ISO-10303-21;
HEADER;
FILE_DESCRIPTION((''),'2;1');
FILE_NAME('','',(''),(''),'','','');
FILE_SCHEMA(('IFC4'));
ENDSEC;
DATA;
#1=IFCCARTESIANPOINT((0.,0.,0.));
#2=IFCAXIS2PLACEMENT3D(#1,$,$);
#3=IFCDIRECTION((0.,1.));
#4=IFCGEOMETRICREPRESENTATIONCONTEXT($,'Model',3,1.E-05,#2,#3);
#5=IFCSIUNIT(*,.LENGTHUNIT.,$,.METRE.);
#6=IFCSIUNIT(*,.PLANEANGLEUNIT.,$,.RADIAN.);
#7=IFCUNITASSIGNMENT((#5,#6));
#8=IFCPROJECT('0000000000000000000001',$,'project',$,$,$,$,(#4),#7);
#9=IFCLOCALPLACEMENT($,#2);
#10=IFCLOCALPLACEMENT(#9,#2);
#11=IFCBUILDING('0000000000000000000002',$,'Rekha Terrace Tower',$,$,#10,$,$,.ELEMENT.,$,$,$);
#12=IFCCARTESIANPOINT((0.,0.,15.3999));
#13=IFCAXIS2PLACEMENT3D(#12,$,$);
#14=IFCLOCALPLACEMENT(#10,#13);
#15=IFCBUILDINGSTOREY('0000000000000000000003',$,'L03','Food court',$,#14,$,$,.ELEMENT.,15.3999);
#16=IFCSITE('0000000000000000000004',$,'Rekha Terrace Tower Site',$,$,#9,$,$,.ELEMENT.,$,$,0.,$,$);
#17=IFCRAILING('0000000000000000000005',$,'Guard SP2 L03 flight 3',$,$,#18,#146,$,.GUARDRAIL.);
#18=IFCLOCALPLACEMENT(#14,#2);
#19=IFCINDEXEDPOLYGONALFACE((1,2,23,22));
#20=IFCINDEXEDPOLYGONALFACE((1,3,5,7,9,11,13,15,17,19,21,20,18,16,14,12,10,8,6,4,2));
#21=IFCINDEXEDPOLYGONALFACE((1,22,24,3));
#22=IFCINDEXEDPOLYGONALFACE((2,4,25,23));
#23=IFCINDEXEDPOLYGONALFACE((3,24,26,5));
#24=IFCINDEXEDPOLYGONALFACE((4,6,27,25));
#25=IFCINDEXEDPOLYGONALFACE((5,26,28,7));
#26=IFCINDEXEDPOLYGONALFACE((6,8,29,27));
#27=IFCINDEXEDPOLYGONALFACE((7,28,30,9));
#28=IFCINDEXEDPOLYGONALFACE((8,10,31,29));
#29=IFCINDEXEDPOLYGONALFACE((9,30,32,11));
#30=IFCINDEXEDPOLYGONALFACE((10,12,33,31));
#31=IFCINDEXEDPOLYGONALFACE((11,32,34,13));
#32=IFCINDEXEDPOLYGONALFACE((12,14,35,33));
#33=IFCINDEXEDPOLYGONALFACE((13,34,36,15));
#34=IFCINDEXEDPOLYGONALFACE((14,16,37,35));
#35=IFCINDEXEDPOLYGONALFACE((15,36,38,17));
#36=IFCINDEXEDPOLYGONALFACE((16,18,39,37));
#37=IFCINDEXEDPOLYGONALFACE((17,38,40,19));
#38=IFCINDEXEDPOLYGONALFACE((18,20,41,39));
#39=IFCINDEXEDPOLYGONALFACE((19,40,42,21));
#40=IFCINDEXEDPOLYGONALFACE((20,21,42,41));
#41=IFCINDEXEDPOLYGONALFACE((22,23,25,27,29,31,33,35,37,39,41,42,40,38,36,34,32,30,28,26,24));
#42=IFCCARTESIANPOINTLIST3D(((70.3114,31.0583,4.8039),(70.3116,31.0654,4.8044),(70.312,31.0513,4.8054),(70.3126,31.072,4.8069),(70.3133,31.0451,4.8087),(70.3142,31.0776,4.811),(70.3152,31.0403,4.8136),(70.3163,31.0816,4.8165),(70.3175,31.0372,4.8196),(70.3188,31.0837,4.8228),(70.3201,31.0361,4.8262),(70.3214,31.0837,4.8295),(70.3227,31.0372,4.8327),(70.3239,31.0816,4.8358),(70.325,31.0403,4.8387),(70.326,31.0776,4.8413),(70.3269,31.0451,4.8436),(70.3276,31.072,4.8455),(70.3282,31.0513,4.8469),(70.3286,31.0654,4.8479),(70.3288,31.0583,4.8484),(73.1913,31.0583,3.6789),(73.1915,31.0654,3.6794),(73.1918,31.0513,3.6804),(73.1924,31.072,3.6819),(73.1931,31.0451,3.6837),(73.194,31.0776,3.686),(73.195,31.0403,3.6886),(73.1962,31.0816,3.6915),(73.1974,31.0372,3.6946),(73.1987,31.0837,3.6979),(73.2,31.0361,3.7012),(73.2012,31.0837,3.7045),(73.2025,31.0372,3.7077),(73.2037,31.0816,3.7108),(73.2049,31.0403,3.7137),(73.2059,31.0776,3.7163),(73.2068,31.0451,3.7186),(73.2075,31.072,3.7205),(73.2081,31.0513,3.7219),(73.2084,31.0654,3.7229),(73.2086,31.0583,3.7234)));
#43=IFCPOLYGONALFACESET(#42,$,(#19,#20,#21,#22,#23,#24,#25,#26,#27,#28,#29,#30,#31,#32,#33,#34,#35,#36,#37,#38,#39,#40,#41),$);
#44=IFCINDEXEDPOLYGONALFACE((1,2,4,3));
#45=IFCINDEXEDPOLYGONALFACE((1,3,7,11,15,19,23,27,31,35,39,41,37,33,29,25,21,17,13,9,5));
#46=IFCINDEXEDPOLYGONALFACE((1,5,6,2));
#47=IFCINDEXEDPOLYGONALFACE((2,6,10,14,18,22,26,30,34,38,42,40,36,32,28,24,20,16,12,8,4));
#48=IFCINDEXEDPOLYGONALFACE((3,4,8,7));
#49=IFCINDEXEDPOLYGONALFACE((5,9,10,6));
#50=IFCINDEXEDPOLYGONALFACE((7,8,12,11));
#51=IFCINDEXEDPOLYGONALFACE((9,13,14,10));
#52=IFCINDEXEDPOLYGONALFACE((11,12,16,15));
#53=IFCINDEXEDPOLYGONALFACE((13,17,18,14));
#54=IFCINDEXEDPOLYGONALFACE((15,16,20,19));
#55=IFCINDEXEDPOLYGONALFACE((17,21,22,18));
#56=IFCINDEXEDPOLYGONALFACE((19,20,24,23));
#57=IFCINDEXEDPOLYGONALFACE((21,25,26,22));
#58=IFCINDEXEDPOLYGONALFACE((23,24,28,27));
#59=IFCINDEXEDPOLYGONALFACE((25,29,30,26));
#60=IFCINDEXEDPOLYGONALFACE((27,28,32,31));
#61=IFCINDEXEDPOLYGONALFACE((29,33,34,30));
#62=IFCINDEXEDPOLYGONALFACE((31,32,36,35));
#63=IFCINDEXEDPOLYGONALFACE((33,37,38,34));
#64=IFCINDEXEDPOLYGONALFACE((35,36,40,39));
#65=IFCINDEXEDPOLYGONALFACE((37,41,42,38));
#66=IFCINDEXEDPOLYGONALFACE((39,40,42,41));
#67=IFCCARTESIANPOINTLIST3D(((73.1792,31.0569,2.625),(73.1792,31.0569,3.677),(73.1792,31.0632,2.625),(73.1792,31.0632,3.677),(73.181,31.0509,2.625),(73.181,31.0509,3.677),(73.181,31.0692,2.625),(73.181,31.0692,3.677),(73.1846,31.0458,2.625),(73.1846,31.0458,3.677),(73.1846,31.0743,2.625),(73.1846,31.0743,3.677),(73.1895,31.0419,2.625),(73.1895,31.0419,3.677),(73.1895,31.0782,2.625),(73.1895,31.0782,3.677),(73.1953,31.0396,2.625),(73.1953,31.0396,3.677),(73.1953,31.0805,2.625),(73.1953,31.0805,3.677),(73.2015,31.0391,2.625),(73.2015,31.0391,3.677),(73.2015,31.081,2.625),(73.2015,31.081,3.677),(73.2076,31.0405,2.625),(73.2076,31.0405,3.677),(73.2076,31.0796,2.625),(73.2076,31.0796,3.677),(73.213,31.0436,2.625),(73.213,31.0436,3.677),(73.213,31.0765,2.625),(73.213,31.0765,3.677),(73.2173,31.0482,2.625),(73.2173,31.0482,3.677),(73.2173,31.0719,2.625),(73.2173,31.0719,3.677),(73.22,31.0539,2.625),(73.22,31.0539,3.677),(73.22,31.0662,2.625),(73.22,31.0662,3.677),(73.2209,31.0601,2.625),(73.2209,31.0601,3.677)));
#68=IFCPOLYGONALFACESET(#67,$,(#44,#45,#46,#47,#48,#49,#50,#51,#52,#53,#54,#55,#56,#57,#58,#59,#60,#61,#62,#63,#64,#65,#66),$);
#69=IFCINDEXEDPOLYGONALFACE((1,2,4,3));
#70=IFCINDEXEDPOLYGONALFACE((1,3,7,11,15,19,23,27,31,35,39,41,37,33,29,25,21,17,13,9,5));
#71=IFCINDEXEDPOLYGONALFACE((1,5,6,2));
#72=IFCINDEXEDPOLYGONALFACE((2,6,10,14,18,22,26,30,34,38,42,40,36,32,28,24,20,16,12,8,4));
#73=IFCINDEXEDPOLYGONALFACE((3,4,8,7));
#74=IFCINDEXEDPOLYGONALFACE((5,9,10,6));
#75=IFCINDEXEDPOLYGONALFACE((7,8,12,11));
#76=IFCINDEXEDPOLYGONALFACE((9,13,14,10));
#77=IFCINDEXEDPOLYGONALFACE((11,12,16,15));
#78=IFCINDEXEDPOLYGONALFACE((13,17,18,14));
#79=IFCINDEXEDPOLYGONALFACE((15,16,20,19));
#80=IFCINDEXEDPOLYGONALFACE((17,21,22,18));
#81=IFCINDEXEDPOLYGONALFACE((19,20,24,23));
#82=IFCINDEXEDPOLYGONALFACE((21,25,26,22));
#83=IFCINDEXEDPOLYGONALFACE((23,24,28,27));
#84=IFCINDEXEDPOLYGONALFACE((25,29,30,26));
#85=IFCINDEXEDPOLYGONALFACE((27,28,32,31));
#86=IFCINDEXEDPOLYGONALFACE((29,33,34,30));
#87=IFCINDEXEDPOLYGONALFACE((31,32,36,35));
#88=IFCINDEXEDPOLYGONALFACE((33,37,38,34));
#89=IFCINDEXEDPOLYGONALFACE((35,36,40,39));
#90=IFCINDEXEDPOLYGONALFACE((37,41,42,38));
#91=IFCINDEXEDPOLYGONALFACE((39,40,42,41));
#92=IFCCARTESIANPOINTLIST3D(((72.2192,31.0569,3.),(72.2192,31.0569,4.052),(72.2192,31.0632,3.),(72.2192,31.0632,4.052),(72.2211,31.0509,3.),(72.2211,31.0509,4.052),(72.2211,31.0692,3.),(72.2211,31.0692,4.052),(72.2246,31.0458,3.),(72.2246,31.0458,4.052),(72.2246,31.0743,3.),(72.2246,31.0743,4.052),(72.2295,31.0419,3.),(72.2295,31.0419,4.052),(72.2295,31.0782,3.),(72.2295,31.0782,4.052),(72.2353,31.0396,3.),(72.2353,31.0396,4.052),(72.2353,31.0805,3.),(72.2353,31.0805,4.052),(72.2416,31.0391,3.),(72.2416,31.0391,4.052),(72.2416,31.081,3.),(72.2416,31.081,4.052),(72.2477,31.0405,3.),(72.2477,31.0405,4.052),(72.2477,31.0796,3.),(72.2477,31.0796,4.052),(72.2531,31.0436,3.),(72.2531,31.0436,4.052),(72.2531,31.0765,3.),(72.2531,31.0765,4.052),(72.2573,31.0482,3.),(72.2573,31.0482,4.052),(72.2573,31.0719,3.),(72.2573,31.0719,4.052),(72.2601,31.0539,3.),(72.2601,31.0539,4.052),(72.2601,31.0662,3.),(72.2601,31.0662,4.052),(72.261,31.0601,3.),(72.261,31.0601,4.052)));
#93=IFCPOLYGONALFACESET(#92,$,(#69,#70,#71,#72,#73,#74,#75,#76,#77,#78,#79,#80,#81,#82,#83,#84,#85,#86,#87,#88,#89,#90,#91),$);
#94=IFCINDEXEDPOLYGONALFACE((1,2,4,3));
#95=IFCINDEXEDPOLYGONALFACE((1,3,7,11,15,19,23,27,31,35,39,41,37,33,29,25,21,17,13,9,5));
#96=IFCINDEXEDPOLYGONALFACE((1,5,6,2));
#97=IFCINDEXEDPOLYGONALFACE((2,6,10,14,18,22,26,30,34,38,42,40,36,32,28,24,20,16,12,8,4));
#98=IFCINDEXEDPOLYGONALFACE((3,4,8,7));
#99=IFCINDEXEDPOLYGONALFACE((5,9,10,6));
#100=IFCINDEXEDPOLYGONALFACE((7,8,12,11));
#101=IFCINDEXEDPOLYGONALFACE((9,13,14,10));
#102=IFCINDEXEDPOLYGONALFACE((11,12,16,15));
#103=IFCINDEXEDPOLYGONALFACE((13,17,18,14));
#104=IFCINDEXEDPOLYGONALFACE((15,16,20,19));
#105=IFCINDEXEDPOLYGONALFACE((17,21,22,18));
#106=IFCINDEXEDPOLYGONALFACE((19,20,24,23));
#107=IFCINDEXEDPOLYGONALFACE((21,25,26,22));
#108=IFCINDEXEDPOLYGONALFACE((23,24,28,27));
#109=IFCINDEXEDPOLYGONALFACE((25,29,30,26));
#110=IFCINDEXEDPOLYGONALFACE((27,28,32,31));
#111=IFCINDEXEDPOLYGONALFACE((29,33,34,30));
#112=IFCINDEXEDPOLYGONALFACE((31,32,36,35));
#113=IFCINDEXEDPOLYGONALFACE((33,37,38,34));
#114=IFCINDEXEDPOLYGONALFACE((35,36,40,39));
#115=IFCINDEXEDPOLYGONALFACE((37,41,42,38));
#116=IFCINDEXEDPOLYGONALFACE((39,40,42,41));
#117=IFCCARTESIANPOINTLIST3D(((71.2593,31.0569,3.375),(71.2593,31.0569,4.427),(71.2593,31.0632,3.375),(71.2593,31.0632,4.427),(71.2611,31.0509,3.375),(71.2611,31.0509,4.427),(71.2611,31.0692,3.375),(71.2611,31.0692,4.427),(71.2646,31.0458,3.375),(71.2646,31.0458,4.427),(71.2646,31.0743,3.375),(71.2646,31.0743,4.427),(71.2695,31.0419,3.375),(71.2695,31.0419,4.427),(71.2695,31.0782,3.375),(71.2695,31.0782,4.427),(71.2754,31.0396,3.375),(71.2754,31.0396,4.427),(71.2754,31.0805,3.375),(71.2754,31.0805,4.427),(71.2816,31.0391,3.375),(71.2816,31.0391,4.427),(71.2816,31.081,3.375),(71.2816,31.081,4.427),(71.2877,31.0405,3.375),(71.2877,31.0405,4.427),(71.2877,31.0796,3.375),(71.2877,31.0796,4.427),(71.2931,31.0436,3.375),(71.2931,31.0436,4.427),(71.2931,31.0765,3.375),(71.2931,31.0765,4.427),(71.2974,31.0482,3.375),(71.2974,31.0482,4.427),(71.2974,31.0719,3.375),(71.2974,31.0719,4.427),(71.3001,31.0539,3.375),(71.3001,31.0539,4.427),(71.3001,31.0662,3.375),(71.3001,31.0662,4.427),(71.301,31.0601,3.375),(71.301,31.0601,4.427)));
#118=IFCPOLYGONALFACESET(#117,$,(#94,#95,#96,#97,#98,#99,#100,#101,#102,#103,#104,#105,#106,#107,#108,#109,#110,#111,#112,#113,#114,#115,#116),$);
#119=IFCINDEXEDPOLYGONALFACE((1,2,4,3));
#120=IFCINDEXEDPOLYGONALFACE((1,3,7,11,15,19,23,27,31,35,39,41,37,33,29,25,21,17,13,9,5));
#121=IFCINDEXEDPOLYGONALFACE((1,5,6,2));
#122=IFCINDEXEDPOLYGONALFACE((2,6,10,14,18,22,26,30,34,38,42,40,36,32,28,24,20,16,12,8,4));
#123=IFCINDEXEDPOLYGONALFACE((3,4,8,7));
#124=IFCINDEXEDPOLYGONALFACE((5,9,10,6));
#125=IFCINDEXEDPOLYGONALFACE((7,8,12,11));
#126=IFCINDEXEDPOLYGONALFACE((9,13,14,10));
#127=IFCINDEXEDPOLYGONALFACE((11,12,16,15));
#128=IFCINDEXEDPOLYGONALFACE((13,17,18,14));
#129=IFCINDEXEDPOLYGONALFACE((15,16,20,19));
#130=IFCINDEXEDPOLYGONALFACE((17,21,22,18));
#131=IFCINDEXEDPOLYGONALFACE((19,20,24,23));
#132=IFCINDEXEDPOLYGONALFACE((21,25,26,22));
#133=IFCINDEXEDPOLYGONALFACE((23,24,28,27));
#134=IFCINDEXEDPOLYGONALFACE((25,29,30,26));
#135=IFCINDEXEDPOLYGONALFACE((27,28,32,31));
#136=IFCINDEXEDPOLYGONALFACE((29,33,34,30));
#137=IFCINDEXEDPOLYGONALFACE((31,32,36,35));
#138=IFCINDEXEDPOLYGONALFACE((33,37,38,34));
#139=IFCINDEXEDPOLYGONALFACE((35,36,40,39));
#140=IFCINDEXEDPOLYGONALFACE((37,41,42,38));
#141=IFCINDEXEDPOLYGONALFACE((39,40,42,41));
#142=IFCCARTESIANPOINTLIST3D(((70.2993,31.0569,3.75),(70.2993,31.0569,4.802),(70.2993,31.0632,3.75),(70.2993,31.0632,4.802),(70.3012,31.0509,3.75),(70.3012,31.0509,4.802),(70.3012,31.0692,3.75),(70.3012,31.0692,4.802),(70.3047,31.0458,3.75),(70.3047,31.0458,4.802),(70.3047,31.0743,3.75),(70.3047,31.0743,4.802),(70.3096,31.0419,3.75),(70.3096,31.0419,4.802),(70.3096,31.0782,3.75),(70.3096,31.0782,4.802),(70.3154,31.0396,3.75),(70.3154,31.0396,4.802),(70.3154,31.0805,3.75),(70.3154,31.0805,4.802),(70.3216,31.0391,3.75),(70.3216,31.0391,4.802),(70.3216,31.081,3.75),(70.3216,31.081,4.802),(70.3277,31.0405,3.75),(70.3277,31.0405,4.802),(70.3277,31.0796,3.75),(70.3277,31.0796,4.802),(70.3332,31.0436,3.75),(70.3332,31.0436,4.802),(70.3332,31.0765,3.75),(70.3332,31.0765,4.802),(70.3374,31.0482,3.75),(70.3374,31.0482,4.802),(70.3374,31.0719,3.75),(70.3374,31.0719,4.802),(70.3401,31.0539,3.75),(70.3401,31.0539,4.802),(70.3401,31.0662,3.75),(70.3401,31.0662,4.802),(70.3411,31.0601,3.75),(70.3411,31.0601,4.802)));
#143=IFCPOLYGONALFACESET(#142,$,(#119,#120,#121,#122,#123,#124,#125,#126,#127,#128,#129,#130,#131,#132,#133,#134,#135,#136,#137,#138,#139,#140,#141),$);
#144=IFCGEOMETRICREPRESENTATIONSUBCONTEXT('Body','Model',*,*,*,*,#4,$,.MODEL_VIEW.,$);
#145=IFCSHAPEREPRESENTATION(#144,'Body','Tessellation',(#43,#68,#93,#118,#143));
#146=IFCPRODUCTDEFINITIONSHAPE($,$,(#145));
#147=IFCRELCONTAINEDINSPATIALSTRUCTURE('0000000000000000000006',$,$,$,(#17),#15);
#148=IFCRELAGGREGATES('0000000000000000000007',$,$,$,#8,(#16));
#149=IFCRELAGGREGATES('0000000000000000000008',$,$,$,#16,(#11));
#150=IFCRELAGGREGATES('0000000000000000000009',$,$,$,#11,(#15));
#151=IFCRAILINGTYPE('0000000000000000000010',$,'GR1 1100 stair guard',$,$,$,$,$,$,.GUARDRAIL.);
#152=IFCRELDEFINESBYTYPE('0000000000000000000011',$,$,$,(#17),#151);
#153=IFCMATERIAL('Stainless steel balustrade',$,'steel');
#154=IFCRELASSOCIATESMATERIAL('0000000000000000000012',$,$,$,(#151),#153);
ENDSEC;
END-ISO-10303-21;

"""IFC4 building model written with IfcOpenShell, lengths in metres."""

from ifc_helpers import new_model, si_unit, direction, frame, origin, origin_2d, place, context, subcontext, project, spatial, circle, extrude, material, type_object, element, save


model = new_model("IFC4")

# Units and contexts
model_context = context("Model", 3, precision=1e-05, world=origin(), true_north=direction((0.0, 1.0)))
body_context = subcontext(model_context, "Body", "Model", "MODEL_VIEW")
ifc_project = project(units=[si_unit("LENGTHUNIT", "METRE"), si_unit("PLANEANGLEUNIT", "RADIAN")], contexts=[model_context])

# Site, building, storey
site_placement = place(None, origin())
site = spatial("IfcSite", under=ifc_project, at=site_placement, Name="Rekha Terrace Tower Site", CompositionType="ELEMENT", RefElevation=0.0)
building_placement = place(site_placement, origin())
building = spatial("IfcBuilding", under=site, at=building_placement, Name="Rekha Terrace Tower", CompositionType="ELEMENT")
storey_placement = place(building_placement, frame((0.0, 0.0, 15.3999)))
storey = spatial("IfcBuildingStorey", under=building, at=storey_placement, Name="L03", Description="Food court", CompositionType="ELEMENT", Elevation=15.3999)

# Railing
ifc_material_1 = material(Name="Stainless steel balustrade", Category="steel")
railing_type_1 = type_object("IfcRailingType", Name="GR1 1100 stair guard", PredefinedType="GUARDRAIL", material=ifc_material_1)
railing_1_placement = place(storey_placement, frame((73.2, 31.0601, 2.625)))
element("IfcRailing", 1, at=railing_1_placement, inside=storey, type_object=railing_type_1, Name="Guard SP2 L03 flight 3", PredefinedType="GUARDRAIL", context=body_context, shape_type="SweptSolid", body=[
    extrude(circle(Radius=0.0239, at=origin_2d()), frame((0.0, 0.0, 1.0762), z_axis=(-0.931452, 0.0, 0.363863), x_axis=(0.0, -1.0, 0.0)), (0.0, 0.0, 1.0), 3.0918),
    extrude(circle(Radius=0.021, at=origin_2d()), origin(), (0.0, 0.0, 1.0), 1.052),
    extrude(circle(Radius=0.021, at=origin_2d()), frame((-0.96, 0.0, 0.375)), (0.0, 0.0, 1.0), 1.052),
    extrude(circle(Radius=0.021, at=origin_2d()), frame((-1.9199, 0.0, 0.75)), (0.0, 0.0, 1.0), 1.052),
    extrude(circle(Radius=0.021, at=origin_2d()), frame((-2.8799, 0.0, 1.125)), (0.0, 0.0, 1.0), 1.052),
])

save(model, "model.ifc")
